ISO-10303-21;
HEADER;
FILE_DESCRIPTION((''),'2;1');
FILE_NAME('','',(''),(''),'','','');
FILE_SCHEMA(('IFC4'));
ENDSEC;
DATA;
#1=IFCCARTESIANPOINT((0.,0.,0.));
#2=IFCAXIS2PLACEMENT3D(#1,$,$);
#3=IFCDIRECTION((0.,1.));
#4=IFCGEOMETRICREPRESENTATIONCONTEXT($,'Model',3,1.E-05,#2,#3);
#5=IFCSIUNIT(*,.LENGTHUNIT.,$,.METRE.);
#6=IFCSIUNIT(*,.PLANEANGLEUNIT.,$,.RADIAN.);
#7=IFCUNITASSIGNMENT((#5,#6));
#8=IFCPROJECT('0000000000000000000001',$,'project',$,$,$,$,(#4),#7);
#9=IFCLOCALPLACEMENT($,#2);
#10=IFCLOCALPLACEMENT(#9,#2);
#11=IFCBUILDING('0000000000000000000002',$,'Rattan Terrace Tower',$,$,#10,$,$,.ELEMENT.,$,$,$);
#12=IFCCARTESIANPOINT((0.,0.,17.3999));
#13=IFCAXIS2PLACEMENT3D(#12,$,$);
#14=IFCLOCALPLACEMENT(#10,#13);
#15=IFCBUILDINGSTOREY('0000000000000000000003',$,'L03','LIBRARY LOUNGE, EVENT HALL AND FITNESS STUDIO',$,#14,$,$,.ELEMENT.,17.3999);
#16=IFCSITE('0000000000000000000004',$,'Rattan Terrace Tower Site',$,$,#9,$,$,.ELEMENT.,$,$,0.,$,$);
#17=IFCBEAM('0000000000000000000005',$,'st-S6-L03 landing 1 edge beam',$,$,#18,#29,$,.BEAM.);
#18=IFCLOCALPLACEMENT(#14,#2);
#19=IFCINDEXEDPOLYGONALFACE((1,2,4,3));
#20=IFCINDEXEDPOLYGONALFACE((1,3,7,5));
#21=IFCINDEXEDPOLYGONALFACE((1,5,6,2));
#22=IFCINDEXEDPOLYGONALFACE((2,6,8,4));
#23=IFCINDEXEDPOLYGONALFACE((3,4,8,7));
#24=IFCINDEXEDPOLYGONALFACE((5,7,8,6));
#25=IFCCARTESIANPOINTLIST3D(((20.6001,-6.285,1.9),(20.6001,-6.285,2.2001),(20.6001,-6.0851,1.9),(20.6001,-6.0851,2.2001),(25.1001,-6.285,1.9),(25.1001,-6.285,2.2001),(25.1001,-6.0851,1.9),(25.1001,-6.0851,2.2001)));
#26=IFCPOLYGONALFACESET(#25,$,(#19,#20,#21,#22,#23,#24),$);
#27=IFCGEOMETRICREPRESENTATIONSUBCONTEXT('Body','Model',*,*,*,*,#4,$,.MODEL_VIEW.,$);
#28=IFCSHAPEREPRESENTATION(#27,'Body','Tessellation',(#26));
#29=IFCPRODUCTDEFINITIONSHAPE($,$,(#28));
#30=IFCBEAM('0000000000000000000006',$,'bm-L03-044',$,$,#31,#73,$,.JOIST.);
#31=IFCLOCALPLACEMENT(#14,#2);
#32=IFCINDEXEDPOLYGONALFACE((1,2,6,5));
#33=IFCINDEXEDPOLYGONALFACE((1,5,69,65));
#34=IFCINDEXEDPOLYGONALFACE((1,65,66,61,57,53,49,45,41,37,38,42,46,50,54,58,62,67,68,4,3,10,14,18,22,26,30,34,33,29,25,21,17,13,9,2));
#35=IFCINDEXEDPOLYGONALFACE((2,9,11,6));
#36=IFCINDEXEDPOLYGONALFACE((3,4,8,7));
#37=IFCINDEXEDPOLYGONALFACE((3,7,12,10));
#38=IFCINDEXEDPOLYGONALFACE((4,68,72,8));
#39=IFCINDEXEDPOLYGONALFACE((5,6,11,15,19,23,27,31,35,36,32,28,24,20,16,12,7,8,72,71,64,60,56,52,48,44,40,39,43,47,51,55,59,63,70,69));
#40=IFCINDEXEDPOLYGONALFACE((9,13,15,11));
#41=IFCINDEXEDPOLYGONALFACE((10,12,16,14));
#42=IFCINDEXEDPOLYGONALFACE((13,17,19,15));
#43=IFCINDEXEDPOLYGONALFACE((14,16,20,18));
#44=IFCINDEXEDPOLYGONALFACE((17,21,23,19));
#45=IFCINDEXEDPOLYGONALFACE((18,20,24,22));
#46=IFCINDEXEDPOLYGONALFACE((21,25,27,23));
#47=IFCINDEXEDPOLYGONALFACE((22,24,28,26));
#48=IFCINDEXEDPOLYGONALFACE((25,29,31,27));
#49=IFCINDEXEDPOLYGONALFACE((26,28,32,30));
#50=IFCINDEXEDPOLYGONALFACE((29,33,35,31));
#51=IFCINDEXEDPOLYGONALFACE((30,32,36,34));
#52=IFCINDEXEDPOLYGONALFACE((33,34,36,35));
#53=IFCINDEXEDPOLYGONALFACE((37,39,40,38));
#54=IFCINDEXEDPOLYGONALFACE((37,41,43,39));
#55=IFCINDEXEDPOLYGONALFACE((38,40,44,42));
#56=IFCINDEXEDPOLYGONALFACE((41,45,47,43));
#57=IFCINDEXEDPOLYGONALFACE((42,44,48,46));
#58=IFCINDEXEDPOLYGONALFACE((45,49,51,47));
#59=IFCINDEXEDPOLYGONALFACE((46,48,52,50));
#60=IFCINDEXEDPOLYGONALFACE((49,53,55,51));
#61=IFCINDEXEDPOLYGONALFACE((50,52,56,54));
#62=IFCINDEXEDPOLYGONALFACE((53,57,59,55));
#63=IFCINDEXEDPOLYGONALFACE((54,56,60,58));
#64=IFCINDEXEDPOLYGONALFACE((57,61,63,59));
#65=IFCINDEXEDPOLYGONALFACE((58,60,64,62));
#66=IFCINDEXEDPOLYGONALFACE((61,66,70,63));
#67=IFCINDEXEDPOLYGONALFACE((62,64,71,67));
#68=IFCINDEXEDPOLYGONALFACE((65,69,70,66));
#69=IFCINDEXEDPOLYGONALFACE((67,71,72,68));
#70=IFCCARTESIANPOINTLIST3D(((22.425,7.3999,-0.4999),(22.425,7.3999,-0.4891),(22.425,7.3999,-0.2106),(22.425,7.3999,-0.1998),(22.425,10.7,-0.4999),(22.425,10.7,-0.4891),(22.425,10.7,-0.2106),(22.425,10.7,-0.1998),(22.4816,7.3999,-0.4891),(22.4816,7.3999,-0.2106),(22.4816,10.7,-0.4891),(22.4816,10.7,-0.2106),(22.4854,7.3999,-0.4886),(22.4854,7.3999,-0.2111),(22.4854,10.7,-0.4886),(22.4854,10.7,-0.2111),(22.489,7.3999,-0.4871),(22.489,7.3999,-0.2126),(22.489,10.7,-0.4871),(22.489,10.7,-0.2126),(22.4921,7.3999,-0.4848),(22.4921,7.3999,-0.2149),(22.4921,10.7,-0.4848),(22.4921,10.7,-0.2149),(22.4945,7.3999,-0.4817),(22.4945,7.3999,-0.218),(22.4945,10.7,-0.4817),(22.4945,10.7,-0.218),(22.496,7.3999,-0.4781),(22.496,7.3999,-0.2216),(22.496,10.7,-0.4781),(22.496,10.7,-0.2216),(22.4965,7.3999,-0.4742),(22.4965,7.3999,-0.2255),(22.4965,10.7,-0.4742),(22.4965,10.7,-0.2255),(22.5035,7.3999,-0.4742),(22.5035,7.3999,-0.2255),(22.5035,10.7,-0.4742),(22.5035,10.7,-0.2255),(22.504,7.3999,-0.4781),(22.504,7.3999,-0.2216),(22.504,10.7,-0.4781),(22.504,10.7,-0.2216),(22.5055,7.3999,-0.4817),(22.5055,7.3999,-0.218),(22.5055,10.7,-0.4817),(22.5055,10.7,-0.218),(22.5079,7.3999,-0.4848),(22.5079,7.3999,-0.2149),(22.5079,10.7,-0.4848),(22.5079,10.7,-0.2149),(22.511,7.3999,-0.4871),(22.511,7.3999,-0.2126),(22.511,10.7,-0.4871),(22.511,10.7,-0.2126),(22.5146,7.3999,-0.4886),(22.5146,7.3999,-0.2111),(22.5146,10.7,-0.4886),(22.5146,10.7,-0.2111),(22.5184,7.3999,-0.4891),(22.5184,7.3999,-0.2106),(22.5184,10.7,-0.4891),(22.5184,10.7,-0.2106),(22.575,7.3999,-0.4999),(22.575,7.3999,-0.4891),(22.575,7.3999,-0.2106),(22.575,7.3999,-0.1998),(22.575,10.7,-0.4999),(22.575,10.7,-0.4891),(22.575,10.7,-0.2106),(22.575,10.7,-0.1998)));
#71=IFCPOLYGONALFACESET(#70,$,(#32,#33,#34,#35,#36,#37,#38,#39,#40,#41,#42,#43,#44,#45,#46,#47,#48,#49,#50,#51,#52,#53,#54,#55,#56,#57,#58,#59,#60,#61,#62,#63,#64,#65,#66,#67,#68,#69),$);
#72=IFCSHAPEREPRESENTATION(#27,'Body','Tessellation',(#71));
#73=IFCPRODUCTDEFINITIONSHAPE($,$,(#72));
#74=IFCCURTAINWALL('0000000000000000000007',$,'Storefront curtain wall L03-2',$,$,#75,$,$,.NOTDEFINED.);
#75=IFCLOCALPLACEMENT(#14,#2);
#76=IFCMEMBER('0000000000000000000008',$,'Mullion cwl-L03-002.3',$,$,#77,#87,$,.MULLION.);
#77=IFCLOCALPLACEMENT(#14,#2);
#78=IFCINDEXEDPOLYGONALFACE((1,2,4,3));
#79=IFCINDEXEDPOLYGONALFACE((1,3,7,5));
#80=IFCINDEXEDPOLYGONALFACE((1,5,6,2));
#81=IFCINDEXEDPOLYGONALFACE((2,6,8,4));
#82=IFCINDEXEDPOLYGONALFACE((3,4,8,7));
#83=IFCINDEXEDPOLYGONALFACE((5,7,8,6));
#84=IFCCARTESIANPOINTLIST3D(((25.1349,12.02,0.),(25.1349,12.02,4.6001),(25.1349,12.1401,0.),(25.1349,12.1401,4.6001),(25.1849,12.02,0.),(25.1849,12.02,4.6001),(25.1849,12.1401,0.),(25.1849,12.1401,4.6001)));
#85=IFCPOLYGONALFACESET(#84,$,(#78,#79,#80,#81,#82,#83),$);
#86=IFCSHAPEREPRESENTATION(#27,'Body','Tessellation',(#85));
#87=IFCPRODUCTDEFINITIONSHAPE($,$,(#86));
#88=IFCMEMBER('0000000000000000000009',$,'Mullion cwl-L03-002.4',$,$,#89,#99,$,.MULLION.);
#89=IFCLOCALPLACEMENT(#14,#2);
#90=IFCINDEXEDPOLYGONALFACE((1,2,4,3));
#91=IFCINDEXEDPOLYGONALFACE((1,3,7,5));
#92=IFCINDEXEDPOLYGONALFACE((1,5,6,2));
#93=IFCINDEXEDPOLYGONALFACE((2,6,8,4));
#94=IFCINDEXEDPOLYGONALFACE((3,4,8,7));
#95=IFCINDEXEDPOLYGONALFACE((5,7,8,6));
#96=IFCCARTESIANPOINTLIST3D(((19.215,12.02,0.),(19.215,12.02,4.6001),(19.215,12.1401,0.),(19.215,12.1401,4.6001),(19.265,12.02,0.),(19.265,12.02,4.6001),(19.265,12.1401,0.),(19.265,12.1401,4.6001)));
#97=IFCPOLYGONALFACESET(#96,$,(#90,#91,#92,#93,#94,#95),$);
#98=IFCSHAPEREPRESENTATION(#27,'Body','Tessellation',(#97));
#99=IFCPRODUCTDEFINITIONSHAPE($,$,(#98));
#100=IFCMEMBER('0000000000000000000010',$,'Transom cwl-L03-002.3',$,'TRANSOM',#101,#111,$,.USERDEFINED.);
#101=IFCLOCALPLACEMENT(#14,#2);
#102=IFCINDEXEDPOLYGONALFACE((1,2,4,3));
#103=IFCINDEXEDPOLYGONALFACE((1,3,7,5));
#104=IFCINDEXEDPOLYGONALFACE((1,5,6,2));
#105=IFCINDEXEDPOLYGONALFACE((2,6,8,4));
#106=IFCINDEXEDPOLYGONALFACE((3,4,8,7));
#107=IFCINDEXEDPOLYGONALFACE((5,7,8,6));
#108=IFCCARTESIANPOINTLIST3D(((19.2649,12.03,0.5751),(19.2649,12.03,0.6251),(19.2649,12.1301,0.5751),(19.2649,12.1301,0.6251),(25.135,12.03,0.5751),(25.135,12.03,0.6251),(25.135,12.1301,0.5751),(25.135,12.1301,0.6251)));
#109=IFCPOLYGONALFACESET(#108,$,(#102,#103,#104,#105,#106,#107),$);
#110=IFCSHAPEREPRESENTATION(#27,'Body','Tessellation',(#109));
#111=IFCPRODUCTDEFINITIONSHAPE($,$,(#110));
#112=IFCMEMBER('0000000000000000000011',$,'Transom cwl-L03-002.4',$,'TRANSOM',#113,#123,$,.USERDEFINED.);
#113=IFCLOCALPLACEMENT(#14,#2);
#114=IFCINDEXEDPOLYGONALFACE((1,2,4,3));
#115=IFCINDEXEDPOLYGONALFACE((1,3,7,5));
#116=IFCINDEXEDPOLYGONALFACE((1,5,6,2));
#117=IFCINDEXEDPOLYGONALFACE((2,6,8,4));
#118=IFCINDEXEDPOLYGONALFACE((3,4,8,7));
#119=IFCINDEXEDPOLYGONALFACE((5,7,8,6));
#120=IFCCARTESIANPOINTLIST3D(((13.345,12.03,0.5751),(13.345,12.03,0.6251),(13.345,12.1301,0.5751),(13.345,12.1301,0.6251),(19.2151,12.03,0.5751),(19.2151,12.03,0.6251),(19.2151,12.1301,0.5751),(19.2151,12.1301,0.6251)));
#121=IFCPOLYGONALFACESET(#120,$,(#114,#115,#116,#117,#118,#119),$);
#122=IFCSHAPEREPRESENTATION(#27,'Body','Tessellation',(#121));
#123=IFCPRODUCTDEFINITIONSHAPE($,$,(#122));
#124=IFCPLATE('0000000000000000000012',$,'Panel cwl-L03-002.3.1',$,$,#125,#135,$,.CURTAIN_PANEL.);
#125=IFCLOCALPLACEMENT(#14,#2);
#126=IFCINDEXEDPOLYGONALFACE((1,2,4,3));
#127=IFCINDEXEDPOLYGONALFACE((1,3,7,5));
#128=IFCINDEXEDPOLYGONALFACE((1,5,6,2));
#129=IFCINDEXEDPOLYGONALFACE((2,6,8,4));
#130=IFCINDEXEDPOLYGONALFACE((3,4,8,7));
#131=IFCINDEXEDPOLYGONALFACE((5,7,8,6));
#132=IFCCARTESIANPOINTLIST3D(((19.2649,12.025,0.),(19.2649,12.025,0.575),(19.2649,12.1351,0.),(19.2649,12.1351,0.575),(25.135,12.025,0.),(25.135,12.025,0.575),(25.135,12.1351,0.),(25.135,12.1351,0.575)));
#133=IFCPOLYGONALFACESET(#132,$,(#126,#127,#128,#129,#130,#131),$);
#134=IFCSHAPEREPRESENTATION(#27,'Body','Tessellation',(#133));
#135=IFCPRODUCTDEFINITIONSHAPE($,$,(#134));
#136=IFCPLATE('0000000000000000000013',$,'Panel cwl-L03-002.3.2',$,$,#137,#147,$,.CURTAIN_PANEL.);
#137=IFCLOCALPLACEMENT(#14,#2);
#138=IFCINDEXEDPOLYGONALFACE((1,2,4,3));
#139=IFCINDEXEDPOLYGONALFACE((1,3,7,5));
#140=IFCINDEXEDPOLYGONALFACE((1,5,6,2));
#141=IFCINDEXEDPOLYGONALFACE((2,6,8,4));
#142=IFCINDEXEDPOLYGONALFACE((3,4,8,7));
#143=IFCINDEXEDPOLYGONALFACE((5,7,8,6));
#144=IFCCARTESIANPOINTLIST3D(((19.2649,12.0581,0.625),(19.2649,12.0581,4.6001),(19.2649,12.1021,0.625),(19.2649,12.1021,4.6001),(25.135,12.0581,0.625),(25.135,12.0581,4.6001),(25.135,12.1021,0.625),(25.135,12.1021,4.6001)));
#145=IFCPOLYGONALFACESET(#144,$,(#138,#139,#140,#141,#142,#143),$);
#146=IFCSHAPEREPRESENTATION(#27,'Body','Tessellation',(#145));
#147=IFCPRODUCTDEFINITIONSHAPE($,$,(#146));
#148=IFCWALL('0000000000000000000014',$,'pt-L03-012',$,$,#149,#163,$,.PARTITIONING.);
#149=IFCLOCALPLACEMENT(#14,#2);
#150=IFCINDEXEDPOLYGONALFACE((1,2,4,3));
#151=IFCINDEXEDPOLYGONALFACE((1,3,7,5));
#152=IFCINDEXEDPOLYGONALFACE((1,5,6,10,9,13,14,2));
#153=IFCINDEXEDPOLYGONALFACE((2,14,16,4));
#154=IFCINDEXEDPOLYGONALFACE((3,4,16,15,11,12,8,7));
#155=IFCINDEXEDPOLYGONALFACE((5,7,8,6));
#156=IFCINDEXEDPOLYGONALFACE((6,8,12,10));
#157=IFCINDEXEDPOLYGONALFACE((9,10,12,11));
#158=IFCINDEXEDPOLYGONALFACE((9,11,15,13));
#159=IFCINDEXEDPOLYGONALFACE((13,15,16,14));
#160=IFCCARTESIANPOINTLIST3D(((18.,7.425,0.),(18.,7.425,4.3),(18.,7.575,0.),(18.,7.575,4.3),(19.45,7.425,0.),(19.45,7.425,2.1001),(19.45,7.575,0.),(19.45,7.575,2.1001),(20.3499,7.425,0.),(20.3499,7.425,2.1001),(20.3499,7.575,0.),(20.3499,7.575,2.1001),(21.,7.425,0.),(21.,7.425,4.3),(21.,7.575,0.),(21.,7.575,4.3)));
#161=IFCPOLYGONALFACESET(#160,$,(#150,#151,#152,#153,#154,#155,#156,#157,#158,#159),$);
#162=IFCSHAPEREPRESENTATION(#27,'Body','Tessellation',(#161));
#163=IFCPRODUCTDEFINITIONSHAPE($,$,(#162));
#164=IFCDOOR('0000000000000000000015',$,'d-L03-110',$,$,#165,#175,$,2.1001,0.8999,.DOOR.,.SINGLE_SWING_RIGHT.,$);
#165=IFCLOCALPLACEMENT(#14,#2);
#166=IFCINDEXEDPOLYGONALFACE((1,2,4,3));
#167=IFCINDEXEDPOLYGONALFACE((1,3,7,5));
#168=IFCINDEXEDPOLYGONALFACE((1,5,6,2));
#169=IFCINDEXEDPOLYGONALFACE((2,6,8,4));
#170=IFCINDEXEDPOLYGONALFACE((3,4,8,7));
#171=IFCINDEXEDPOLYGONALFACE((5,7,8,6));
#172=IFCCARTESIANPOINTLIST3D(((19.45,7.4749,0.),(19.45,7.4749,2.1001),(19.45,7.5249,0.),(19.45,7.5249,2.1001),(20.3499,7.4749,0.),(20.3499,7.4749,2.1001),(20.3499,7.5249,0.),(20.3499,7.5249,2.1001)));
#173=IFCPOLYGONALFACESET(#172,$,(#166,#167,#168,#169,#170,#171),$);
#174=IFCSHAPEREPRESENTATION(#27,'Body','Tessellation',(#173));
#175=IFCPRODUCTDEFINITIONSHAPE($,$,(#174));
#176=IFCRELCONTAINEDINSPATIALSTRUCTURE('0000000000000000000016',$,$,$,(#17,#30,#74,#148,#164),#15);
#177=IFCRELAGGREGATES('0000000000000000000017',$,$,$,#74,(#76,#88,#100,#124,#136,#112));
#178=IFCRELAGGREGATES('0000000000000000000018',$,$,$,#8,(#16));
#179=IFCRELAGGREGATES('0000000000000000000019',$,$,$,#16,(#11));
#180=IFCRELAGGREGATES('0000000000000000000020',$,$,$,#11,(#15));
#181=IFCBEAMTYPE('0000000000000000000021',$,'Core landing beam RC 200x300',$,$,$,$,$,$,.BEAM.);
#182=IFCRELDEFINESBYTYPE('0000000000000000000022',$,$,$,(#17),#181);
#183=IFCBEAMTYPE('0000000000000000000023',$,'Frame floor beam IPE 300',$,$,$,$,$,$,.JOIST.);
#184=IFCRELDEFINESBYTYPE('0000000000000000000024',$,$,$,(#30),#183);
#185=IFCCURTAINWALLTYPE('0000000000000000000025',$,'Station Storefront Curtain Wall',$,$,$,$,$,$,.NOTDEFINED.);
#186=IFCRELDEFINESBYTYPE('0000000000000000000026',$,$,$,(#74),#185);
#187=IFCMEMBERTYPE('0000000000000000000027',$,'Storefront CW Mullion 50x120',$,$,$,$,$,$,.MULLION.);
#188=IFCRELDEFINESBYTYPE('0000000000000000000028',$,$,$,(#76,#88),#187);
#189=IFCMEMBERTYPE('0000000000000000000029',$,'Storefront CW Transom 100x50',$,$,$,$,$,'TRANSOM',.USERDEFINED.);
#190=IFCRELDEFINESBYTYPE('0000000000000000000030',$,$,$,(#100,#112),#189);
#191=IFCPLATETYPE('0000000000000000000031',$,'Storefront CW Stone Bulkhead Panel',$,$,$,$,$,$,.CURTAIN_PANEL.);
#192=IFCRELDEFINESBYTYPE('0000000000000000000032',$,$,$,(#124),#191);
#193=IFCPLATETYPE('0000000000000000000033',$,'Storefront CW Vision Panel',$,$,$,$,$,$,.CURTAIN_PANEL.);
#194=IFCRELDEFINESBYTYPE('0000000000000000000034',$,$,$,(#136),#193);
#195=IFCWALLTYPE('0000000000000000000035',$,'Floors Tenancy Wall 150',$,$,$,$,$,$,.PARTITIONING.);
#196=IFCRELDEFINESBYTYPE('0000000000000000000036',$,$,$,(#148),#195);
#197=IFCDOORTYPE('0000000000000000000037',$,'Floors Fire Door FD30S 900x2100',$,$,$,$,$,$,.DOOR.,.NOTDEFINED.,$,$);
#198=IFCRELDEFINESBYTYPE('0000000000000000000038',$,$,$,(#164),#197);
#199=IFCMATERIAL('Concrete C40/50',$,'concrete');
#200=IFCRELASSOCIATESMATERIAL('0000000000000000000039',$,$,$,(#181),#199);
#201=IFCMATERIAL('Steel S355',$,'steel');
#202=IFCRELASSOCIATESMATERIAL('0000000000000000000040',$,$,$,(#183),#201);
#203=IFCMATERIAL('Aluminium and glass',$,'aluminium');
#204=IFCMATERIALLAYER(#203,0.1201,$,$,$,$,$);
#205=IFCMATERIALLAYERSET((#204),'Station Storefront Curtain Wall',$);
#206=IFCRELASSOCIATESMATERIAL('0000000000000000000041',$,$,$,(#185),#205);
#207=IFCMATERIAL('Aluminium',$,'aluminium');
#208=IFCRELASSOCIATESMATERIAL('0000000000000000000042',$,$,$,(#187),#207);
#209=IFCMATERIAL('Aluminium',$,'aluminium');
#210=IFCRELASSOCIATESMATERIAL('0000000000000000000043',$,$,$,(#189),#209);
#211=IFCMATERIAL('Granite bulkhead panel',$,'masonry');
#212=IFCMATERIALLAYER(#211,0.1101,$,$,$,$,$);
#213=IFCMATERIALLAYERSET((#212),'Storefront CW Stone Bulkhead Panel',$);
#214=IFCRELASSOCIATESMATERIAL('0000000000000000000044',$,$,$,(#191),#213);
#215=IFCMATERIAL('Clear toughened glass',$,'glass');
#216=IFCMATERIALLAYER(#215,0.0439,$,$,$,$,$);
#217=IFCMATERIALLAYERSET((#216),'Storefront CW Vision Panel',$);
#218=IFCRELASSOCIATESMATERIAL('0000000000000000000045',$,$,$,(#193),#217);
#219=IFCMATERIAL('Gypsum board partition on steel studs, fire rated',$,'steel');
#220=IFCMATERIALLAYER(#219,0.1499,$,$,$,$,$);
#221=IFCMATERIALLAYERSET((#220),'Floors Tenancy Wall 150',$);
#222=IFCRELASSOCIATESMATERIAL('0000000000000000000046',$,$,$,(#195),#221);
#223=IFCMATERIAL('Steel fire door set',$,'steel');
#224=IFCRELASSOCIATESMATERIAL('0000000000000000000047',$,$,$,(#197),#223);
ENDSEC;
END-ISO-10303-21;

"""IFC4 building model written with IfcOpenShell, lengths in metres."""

from ifc_helpers import new_model, si_unit, direction, frame, frame_2d, origin, origin_2d, place, context, subcontext, project, spatial, rectangle, i_section, extrude, material, layer, layer_set, material_profile, profile_set, type_object, element, fill, aggregate, save


model = new_model("IFC4")

# Units and contexts
model_context = context("Model", 3, precision=1e-05, world=origin(), true_north=direction((0.0, 1.0)))
body_context = subcontext(model_context, "Body", "Model", "MODEL_VIEW")
ifc_project = project(units=[si_unit("LENGTHUNIT", "METRE"), si_unit("PLANEANGLEUNIT", "RADIAN")], contexts=[model_context])

# Site, building, storey
site_placement = place(None, origin())
site = spatial("IfcSite", under=ifc_project, at=site_placement, Name="Rattan Terrace Tower Site", CompositionType="ELEMENT", RefElevation=0.0)
building_placement = place(site_placement, origin())
building = spatial("IfcBuilding", under=site, at=building_placement, Name="Rattan Terrace Tower", CompositionType="ELEMENT")
storey_placement = place(building_placement, frame((0.0, 0.0, 17.3999)))
storey = spatial("IfcBuildingStorey", under=building, at=storey_placement, Name="L03", Description="LIBRARY LOUNGE, EVENT HALL AND FITNESS STUDIO", CompositionType="ELEMENT", Elevation=17.3999)

# Beams
ifc_material_1 = material(Name="Concrete C40/50", Category="concrete")
ifc_material_profile_1 = material_profile(ifc_material_1, rectangle(XDim=0.2, YDim=0.3, at=origin_2d()), Name="RC 200x300")
ifc_profile_set_1 = profile_set([ifc_material_profile_1], Name="Concrete C40/50")
beam_type_1 = type_object("IfcBeamType", Name="Core landing beam RC 200x300", PredefinedType="BEAM", material=ifc_profile_set_1)
beam_1_placement = place(storey_placement, frame((20.6001, -6.1851, 2.05), z_axis=(1.0, 0.0, 0.0), x_axis=(0.0, 1.0, 0.0)))
element("IfcBeam", 1, at=beam_1_placement, inside=storey, type_object=beam_type_1, Name="st-S6-L03 landing 1 edge beam", PredefinedType="BEAM", context=body_context, shape_type="SweptSolid", body=[
    extrude(rectangle(XDim=0.2, YDim=0.3, at=origin_2d()), origin(), (0.0, 0.0, 1.0), 4.5),
])
ifc_material_2 = material(Name="Steel S355", Category="steel")
ifc_material_profile_2 = material_profile(ifc_material_2, i_section(OverallWidth=0.1499, OverallDepth=0.3, WebThickness=0.0071, FlangeThickness=0.0107, FilletRadius=0.0149, at=origin_2d()), Name="IPE 300")
ifc_profile_set_2 = profile_set([ifc_material_profile_2], Name="Steel S355")
beam_type_2 = type_object("IfcBeamType", Name="Frame floor beam IPE 300", PredefinedType="JOIST", material=ifc_profile_set_2)
beam_2_placement = place(storey_placement, frame((22.5, 7.3999, -0.3499), z_axis=(0.0, 1.0, 0.0), x_axis=(-1.0, 0.0, 0.0)))
element("IfcBeam", 2, at=beam_2_placement, inside=storey, type_object=beam_type_2, Name="bm-L03-044", PredefinedType="JOIST", context=body_context, shape_type="SweptSolid", body=[
    extrude(i_section(OverallWidth=0.1499, OverallDepth=0.3, WebThickness=0.0071, FlangeThickness=0.0107, FilletRadius=0.0149, at=origin_2d()), origin(), (0.0, 0.0, 1.0), 3.3),
])

# Curtain wall, members, plates
ifc_material_3 = material(Name="Aluminium and glass", Category="aluminium")
ifc_layer_1 = layer(ifc_material_3, 0.1201)
ifc_layer_set_1 = layer_set([ifc_layer_1], Name="Station Storefront Curtain Wall")
curtain_wall_type = type_object("IfcCurtainWallType", Name="Station Storefront Curtain Wall", PredefinedType="NOTDEFINED", material=ifc_layer_set_1)
curtain_wall_placement = place(storey_placement, origin())
curtain_wall = element("IfcCurtainWall", 3, at=curtain_wall_placement, inside=storey, type_object=curtain_wall_type, Name="Storefront curtain wall L03-2", PredefinedType="NOTDEFINED")
ifc_material_4 = material(Name="Aluminium", Category="aluminium")
ifc_material_profile_3 = material_profile(ifc_material_4, rectangle(XDim=0.05, YDim=0.1201, at=origin_2d()), Name="Aluminium 50x120")
ifc_profile_set_3 = profile_set([ifc_material_profile_3], Name="Aluminium")
member_type_1 = type_object("IfcMemberType", Name="Storefront CW Mullion 50x120", PredefinedType="MULLION", material=ifc_profile_set_3)
member_1_placement = place(storey_placement, frame((25.1599, 12.0801, 0.0), z_axis=(0.0, 0.0, 1.0), x_axis=(-1.0, 0.0, 0.0)))
member_1 = element("IfcMember", 4, at=member_1_placement, type_object=member_type_1, Name="Mullion cwl-L03-002.3", PredefinedType="MULLION", context=body_context, shape_type="SweptSolid", body=[
    extrude(rectangle(XDim=0.05, YDim=0.1201, at=origin_2d()), origin(), (0.0, 0.0, 1.0), 4.6001),
])
member_2_placement = place(storey_placement, frame((19.24, 12.0801, 0.0), z_axis=(0.0, 0.0, 1.0), x_axis=(-1.0, 0.0, 0.0)))
member_2 = element("IfcMember", 5, at=member_2_placement, type_object=member_type_1, Name="Mullion cwl-L03-002.4", PredefinedType="MULLION", context=body_context, shape_type="SweptSolid", body=[
    extrude(rectangle(XDim=0.05, YDim=0.1201, at=origin_2d()), origin(), (0.0, 0.0, 1.0), 4.6001),
])
ifc_material_5 = material(Name="Aluminium", Category="aluminium")
ifc_material_profile_4 = material_profile(ifc_material_5, rectangle(XDim=0.1001, YDim=0.05, at=origin_2d()), Name="Aluminium 100x50")
ifc_profile_set_4 = profile_set([ifc_material_profile_4], Name="Aluminium")
member_type_2 = type_object("IfcMemberType", Name="Storefront CW Transom 100x50", ElementType="TRANSOM", PredefinedType="USERDEFINED", material=ifc_profile_set_4)
member_3_placement = place(storey_placement, frame((25.135, 12.0801, 0.6001), z_axis=(-1.0, 0.0, 0.0), x_axis=(0.0, -1.0, 0.0)))
member_3 = element("IfcMember", 6, at=member_3_placement, type_object=member_type_2, Name="Transom cwl-L03-002.3", ObjectType="TRANSOM", PredefinedType="USERDEFINED", context=body_context, shape_type="SweptSolid", body=[
    extrude(rectangle(XDim=0.1001, YDim=0.05, at=origin_2d()), origin(), (0.0, 0.0, 1.0), 5.8701),
])
member_4_placement = place(storey_placement, frame((19.2151, 12.0801, 0.6001), z_axis=(-1.0, 0.0, 0.0), x_axis=(0.0, -1.0, 0.0)))
member_4 = element("IfcMember", 7, at=member_4_placement, type_object=member_type_2, Name="Transom cwl-L03-002.4", ObjectType="TRANSOM", PredefinedType="USERDEFINED", context=body_context, shape_type="SweptSolid", body=[
    extrude(rectangle(XDim=0.1001, YDim=0.05, at=origin_2d()), origin(), (0.0, 0.0, 1.0), 5.8701),
])
ifc_material_6 = material(Name="Granite bulkhead panel", Category="masonry")
ifc_layer_2 = layer(ifc_material_6, 0.1101)
ifc_layer_set_2 = layer_set([ifc_layer_2], Name="Storefront CW Stone Bulkhead Panel")
plate_type_1 = type_object("IfcPlateType", Name="Storefront CW Stone Bulkhead Panel", PredefinedType="CURTAIN_PANEL", material=ifc_layer_set_2)
plate_1_placement = place(storey_placement, frame((22.2, 12.0801, 0.0), z_axis=(0.0, 0.0, 1.0), x_axis=(-1.0, 0.0, 0.0)))
plate_1 = element("IfcPlate", 8, at=plate_1_placement, type_object=plate_type_1, Name="Panel cwl-L03-002.3.1", PredefinedType="CURTAIN_PANEL", context=body_context, shape_type="SweptSolid", body=[
    extrude(rectangle(XDim=5.8701, YDim=0.1101, at=origin_2d()), origin(), (0.0, 0.0, 1.0), 0.575),
])
ifc_material_7 = material(Name="Clear toughened glass", Category="glass")
ifc_layer_3 = layer(ifc_material_7, 0.0439)
ifc_layer_set_3 = layer_set([ifc_layer_3], Name="Storefront CW Vision Panel")
plate_type_2 = type_object("IfcPlateType", Name="Storefront CW Vision Panel", PredefinedType="CURTAIN_PANEL", material=ifc_layer_set_3)
plate_2_placement = place(storey_placement, frame((22.2, 12.0801, 0.625), z_axis=(0.0, 0.0, 1.0), x_axis=(-1.0, 0.0, 0.0)))
plate_2 = element("IfcPlate", 9, at=plate_2_placement, type_object=plate_type_2, Name="Panel cwl-L03-002.3.2", PredefinedType="CURTAIN_PANEL", context=body_context, shape_type="SweptSolid", body=[
    extrude(rectangle(XDim=5.8701, YDim=0.0439, at=origin_2d()), origin(), (0.0, 0.0, 1.0), 3.9751),
])
aggregate(curtain_wall, [member_1, member_2, member_3, plate_1, plate_2, member_4])

# Wall, opening, door
ifc_material_8 = material(Name="Gypsum board partition on steel studs, fire rated", Category="steel")
ifc_layer_4 = layer(ifc_material_8, 0.1499)
ifc_layer_set_4 = layer_set([ifc_layer_4], Name="Floors Tenancy Wall 150")
wall_type_1 = type_object("IfcWallType", Name="Floors Tenancy Wall 150", PredefinedType="PARTITIONING", material=ifc_layer_set_4)
wall_1_placement = place(storey_placement, frame((18.0, 7.5, 0.0), z_axis=(0.0, 0.0, 1.0), x_axis=(1.0, 0.0, 0.0)))
wall_1 = element("IfcWall", 10, at=wall_1_placement, inside=storey, type_object=wall_type_1, Name="pt-L03-012", PredefinedType="PARTITIONING", context=body_context, shape_type="SweptSolid", body=[
    extrude(rectangle(XDim=3.0, YDim=0.1499, at=frame_2d((1.5, 0.0))), origin(), (0.0, 0.0, 1.0), 4.3),
])
opening_1_placement = place(wall_1_placement, frame((1.45, 0.0, 0.0)))
opening_1 = element("IfcOpeningElement", 11, at=opening_1_placement, cuts=wall_1, PredefinedType="OPENING", context=body_context, shape_type="SweptSolid", body=[
    extrude(rectangle(XDim=0.8999, YDim=2.1001, at=frame_2d((0.45, 1.05))), frame((0.0, 0.0854, 0.0), z_axis=(0.0, -1.0, 0.0), x_axis=(1.0, 0.0, 0.0)), (0.0, 0.0, 1.0), 0.1709),
])
ifc_material_9 = material(Name="Steel fire door set", Category="steel")
door_type_1 = type_object("IfcDoorType", Name="Floors Fire Door FD30S 900x2100", OperationType="NOTDEFINED", PredefinedType="DOOR", material=ifc_material_9)
door_1_placement = place(opening_1_placement, origin())
door_1 = element("IfcDoor", 12, at=door_1_placement, inside=storey, type_object=door_type_1, Name="d-L03-110", OperationType="SINGLE_SWING_RIGHT", OverallHeight=2.1001, OverallWidth=0.8999, PredefinedType="DOOR", context=body_context, shape_type="SweptSolid", body=[
    extrude(rectangle(XDim=0.8999, YDim=2.1001, at=frame_2d((0.45, 1.05))), frame((0.0, 0.0249, 0.0), z_axis=(0.0, -1.0, 0.0), x_axis=(1.0, 0.0, 0.0)), (0.0, 0.0, 1.0), 0.05),
])
fill(opening_1, door_1)

save(model, "model.ifc")
